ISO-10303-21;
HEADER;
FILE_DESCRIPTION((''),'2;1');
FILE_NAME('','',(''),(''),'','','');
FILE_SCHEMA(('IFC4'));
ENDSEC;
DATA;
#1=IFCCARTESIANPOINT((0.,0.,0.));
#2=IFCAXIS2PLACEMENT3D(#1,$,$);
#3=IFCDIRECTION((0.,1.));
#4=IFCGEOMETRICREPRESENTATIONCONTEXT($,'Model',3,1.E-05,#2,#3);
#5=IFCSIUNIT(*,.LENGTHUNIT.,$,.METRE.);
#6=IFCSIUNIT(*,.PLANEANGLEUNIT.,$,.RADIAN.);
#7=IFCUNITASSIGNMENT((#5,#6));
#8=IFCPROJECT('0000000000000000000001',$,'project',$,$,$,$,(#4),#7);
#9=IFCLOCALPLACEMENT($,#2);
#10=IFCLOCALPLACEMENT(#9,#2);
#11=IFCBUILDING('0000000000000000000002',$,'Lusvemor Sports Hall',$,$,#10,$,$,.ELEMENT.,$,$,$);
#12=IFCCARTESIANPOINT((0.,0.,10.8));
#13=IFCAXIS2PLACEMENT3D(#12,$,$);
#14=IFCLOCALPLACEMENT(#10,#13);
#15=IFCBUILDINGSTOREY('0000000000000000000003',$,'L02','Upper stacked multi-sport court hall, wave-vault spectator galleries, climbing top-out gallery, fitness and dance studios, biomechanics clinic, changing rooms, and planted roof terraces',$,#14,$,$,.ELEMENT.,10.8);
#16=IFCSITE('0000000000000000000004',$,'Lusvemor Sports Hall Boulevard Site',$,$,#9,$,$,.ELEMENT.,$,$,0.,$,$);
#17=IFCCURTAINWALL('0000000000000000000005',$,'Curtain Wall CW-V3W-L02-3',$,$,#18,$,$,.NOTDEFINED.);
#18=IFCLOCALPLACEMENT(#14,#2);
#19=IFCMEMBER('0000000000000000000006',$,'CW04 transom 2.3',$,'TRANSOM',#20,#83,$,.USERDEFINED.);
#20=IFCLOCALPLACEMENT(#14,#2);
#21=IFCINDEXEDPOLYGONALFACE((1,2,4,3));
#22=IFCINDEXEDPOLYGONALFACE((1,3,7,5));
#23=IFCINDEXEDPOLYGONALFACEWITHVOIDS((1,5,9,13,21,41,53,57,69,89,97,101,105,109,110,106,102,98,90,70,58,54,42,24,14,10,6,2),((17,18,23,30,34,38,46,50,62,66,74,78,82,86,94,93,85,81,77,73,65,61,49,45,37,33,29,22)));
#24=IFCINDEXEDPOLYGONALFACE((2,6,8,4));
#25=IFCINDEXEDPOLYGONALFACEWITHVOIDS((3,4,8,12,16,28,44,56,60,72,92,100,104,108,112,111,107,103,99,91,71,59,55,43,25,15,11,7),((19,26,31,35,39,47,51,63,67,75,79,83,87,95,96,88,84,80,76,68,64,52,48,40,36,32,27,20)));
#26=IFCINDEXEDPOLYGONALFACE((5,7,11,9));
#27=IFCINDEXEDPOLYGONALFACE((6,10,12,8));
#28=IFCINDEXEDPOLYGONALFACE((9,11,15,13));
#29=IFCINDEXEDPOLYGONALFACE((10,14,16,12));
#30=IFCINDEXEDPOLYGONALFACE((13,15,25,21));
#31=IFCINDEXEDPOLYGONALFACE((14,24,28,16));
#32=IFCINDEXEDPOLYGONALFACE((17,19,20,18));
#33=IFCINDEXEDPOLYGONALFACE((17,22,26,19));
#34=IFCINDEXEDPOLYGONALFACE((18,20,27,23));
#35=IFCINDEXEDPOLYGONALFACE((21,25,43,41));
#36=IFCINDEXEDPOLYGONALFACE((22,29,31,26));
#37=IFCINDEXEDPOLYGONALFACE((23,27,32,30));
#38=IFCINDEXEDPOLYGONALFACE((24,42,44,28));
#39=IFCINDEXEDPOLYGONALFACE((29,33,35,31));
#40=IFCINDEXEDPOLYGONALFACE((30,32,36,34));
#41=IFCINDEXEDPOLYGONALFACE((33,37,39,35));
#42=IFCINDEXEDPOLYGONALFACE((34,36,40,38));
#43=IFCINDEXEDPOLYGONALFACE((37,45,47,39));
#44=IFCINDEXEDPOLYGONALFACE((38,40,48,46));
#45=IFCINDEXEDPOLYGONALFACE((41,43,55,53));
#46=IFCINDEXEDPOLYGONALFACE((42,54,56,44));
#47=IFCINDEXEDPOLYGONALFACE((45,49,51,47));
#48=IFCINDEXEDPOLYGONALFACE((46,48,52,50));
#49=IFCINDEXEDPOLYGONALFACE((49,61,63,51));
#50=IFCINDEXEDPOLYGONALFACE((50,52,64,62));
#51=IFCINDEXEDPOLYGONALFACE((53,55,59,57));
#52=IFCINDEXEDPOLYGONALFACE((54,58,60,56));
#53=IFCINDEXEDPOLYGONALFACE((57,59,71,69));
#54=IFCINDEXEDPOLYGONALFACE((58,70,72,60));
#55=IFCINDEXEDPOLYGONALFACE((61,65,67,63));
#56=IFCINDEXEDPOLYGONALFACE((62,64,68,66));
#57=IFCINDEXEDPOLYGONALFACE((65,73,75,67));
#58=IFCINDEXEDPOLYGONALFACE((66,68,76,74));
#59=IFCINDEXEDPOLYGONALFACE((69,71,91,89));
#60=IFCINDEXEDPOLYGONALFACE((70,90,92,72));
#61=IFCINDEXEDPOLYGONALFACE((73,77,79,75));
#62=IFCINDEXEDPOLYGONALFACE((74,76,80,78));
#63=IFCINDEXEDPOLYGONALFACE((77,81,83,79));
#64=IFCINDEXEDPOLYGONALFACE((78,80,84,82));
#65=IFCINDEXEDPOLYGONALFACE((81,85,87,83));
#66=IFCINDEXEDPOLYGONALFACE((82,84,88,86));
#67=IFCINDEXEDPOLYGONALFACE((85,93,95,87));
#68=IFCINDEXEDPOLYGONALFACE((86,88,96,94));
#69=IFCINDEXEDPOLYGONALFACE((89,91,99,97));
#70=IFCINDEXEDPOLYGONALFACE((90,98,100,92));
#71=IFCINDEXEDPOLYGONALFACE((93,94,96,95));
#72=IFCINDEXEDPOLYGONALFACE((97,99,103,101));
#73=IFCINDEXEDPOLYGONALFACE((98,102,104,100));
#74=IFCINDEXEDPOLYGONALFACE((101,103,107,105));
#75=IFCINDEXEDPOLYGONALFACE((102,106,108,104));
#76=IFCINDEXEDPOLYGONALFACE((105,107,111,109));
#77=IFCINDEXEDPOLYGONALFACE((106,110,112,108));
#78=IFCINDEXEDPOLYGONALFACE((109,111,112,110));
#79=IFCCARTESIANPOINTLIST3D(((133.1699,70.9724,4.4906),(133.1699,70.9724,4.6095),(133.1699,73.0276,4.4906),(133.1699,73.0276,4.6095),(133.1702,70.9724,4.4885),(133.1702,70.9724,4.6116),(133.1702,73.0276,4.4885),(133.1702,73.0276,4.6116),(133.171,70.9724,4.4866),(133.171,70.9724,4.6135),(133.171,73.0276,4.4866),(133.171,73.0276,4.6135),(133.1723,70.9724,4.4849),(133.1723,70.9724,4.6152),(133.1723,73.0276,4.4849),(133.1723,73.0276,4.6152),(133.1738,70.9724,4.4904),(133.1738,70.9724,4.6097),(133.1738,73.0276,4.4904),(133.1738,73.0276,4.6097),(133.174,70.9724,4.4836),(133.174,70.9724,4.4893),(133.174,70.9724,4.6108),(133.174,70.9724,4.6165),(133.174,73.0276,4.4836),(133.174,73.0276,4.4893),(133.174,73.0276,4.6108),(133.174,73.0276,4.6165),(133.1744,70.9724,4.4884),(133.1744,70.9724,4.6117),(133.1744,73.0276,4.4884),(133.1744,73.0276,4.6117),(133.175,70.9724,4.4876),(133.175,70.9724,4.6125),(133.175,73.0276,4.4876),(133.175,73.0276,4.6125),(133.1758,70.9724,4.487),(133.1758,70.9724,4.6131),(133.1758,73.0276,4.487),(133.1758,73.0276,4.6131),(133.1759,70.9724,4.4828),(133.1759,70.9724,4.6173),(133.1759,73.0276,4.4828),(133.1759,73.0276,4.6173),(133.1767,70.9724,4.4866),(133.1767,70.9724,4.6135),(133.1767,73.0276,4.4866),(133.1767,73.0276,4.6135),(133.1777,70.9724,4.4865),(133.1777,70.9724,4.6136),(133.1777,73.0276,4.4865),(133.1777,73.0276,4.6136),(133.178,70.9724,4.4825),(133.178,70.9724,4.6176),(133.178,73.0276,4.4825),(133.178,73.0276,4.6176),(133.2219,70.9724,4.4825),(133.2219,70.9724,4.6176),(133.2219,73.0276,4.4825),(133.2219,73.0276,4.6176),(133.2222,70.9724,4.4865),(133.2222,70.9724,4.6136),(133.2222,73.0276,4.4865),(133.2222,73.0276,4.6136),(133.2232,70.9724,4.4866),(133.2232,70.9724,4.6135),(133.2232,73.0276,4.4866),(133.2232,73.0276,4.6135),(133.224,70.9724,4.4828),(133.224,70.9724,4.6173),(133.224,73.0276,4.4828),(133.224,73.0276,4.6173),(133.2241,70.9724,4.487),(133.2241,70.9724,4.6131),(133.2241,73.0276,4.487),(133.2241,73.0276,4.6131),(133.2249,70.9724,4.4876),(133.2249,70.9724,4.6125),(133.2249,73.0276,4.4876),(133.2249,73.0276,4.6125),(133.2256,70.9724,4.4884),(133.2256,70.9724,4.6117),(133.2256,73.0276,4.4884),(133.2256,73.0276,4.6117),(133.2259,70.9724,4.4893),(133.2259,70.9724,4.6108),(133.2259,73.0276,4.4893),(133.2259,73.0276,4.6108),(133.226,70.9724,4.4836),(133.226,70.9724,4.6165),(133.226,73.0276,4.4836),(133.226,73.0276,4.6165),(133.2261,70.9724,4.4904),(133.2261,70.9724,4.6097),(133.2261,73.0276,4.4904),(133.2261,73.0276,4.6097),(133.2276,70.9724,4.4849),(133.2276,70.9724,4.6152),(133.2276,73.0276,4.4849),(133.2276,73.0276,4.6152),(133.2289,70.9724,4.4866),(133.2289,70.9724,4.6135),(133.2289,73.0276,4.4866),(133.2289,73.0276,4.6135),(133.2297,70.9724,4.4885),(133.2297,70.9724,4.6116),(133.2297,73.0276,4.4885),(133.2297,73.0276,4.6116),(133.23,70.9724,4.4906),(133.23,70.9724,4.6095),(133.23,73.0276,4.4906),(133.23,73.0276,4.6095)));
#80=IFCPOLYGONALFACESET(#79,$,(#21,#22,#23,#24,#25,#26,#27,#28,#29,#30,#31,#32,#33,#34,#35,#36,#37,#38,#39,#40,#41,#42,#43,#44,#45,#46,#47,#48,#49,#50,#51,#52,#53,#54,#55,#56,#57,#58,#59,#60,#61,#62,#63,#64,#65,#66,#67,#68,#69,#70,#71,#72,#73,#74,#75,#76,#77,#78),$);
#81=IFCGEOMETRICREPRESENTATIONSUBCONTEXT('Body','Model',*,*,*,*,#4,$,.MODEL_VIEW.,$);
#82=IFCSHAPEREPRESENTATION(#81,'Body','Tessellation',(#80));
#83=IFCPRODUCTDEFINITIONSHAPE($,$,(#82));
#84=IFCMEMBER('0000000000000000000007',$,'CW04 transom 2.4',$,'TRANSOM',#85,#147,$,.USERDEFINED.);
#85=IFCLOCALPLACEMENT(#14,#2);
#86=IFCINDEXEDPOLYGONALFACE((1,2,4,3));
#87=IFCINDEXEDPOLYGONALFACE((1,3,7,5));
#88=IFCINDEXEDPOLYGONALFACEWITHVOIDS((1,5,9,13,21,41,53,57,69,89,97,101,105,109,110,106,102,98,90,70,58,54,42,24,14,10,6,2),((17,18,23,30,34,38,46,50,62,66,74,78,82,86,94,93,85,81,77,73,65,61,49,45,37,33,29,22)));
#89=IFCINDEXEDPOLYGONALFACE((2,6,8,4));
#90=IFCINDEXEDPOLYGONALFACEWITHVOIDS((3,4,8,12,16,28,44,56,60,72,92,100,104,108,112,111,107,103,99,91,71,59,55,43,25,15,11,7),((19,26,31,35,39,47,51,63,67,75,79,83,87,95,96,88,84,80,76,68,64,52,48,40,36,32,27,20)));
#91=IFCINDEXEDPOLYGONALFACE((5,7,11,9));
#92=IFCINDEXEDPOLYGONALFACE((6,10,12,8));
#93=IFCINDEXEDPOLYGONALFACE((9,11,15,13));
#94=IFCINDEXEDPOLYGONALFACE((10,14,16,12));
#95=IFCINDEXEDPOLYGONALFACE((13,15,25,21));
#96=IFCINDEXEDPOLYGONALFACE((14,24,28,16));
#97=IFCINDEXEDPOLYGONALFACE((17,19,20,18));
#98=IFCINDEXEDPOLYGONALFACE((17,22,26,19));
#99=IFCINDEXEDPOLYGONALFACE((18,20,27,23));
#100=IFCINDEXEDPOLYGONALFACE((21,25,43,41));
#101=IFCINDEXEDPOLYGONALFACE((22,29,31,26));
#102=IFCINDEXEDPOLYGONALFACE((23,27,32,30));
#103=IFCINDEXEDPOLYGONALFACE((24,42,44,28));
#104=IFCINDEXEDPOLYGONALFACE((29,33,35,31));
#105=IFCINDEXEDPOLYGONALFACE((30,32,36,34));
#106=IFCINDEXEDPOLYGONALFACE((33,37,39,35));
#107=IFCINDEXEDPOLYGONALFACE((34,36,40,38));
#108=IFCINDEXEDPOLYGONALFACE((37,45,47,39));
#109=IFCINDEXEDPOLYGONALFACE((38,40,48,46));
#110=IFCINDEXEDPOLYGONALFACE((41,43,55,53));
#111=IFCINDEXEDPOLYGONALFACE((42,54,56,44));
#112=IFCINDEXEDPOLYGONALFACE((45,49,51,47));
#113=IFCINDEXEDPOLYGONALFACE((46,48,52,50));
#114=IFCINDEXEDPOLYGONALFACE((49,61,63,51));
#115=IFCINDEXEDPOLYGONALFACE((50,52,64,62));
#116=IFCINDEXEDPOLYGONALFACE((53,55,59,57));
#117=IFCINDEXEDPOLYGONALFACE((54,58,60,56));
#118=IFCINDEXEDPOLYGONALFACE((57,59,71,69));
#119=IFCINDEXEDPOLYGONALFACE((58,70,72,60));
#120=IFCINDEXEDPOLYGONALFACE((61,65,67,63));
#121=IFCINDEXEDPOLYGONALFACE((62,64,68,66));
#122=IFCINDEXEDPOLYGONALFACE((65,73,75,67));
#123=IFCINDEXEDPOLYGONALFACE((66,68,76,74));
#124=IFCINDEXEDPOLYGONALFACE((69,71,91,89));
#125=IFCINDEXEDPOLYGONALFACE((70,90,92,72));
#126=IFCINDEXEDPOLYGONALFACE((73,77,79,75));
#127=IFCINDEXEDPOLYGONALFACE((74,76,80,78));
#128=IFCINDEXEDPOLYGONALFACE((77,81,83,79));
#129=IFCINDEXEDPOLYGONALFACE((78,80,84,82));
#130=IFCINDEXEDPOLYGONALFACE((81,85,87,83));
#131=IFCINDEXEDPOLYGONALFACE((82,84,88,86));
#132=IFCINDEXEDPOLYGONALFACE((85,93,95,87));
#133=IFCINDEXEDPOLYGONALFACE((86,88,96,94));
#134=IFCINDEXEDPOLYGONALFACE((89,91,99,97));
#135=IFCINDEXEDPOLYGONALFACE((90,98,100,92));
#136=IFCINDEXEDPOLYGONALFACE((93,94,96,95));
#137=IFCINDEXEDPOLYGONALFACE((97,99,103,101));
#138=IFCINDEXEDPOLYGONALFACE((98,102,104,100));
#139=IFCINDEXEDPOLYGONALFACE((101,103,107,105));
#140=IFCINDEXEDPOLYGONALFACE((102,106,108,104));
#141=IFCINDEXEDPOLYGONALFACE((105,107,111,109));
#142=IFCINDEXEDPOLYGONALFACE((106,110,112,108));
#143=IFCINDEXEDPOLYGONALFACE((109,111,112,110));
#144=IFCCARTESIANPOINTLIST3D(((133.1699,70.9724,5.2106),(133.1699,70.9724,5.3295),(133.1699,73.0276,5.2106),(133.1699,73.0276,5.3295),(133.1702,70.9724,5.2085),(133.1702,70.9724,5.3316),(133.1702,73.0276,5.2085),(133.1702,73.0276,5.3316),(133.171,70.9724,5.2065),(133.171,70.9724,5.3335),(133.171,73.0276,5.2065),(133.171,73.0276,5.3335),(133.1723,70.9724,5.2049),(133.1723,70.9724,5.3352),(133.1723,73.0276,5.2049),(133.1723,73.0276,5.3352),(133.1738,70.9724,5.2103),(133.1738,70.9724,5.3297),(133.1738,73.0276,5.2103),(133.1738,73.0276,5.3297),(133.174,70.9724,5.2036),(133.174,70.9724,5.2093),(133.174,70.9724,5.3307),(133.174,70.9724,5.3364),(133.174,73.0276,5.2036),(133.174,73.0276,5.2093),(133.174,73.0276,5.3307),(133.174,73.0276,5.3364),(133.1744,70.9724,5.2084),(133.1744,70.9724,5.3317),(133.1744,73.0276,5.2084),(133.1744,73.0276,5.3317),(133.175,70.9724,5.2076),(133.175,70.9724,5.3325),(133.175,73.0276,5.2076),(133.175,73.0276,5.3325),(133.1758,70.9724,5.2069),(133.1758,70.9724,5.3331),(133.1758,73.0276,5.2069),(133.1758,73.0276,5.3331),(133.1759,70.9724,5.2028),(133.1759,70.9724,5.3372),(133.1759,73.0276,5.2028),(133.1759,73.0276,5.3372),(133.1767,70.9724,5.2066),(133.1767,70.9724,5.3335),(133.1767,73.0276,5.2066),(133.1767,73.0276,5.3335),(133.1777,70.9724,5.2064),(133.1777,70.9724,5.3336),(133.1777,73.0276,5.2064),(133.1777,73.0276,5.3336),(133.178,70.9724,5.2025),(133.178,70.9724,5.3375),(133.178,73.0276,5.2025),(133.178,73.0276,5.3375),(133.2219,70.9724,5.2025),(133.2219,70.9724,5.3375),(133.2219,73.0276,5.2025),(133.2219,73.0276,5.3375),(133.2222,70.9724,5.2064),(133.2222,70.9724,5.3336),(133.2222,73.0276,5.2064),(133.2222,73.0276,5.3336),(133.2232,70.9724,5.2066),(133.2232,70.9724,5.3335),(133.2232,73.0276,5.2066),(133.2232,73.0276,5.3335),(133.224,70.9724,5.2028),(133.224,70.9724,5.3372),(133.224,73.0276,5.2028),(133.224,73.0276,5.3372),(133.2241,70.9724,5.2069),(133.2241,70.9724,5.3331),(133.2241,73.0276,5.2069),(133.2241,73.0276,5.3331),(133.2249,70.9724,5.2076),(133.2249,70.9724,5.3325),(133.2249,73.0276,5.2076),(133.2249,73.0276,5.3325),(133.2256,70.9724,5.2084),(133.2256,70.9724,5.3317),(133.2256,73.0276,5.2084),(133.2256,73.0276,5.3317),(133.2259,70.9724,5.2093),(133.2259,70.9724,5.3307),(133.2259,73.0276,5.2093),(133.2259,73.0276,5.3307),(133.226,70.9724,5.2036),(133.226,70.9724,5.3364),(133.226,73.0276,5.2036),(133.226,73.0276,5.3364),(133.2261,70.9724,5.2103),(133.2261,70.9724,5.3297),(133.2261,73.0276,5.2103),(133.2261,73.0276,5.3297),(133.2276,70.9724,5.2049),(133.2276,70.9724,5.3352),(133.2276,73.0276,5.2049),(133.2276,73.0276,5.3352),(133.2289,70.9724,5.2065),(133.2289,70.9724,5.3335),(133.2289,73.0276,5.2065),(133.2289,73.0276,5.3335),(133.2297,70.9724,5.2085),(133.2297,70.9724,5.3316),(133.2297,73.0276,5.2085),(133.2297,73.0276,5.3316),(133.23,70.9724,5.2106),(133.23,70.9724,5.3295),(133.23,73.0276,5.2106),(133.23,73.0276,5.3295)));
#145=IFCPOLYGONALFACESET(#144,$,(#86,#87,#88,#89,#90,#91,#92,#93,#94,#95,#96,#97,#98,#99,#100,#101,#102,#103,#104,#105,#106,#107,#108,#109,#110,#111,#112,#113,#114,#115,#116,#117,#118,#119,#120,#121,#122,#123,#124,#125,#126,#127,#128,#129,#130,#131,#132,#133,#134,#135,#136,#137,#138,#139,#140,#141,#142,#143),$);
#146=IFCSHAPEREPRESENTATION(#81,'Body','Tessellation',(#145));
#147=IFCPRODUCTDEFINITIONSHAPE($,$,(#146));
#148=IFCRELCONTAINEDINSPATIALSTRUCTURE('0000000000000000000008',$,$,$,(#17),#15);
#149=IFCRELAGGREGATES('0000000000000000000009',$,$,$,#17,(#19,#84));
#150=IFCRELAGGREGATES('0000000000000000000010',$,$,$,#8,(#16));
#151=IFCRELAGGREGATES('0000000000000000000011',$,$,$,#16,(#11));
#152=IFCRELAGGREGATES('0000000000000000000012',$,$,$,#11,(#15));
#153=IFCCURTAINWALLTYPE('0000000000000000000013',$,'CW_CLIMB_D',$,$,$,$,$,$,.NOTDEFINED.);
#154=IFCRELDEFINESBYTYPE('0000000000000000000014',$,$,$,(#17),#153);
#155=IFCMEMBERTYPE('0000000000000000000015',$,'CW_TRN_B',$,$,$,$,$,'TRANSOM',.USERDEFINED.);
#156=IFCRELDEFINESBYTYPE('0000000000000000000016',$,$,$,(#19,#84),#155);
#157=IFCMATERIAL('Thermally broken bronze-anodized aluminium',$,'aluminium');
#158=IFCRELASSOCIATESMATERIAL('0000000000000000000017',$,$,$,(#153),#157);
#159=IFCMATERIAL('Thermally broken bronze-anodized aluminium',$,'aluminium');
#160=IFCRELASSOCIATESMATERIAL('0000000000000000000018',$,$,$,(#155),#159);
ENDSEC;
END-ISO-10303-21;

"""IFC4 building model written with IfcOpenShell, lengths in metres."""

from ifc_helpers import new_model, si_unit, direction, frame, origin, origin_2d, place, context, subcontext, project, spatial, hollow_rectangle, extrude, material, material_profile, profile_set, type_object, element, aggregate, save


model = new_model("IFC4")

# Units and contexts
model_context = context("Model", 3, precision=1e-05, world=origin(), true_north=direction((0.0, 1.0)))
body_context = subcontext(model_context, "Body", "Model", "MODEL_VIEW")
ifc_project = project(units=[si_unit("LENGTHUNIT", "METRE"), si_unit("PLANEANGLEUNIT", "RADIAN")], contexts=[model_context])

# Site, building, storey
site_placement = place(None, origin())
site = spatial("IfcSite", under=ifc_project, at=site_placement, Name="Lusvemor Sports Hall Boulevard Site", CompositionType="ELEMENT", RefElevation=0.0)
building_placement = place(site_placement, origin())
building = spatial("IfcBuilding", under=site, at=building_placement, Name="Lusvemor Sports Hall", CompositionType="ELEMENT")
storey_placement = place(building_placement, frame((0.0, 0.0, 10.8)))
storey = spatial("IfcBuildingStorey", under=building, at=storey_placement, Name="L02", Description="Upper stacked multi-sport court hall, wave-vault spectator galleries, climbing top-out gallery, fitness and dance studios, biomechanics clinic, changing rooms, and planted roof terraces", CompositionType="ELEMENT", Elevation=10.8)

# Shared definitions
ifc_material_1 = material(Name="Thermally broken bronze-anodized aluminium", Category="aluminium")
curtain_wall_type = type_object("IfcCurtainWallType", Name="CW_CLIMB_D", PredefinedType="NOTDEFINED", material=ifc_material_1)

# Curtain wall, members
curtain_wall_1_placement = place(storey_placement, origin())
curtain_wall_1 = element("IfcCurtainWall", 1, at=curtain_wall_1_placement, inside=storey, type_object=curtain_wall_type, Name="Curtain Wall CW-V3W-L02-3", PredefinedType="NOTDEFINED")
ifc_material_2 = material(Name="Thermally broken bronze-anodized aluminium", Category="aluminium")
ifc_material_profile_1 = material_profile(ifc_material_2, hollow_rectangle(XDim=0.0601, YDim=0.135, WallThickness=0.0039, InnerFilletRadius=0.0039, OuterFilletRadius=0.0081, at=origin_2d()), Name="CWTRN135x60x4")
ifc_profile_set_1 = profile_set([ifc_material_profile_1], Name="Thermally broken bronze-anodized aluminium")
member_type_1 = type_object("IfcMemberType", Name="CW_TRN_B", ElementType="TRANSOM", PredefinedType="USERDEFINED", material=ifc_profile_set_1)
member_1_placement = place(storey_placement, frame((133.2, 70.9724, 4.55), z_axis=(0.0, 1.0, 0.0), x_axis=(-1.0, 0.0, 0.0)))
member_1 = element("IfcMember", 2, at=member_1_placement, type_object=member_type_1, Name="CW04 transom 2.3", ObjectType="TRANSOM", PredefinedType="USERDEFINED", context=body_context, shape_type="SweptSolid", body=[
    extrude(hollow_rectangle(XDim=0.0601, YDim=0.135, WallThickness=0.0039, InnerFilletRadius=0.0039, OuterFilletRadius=0.0081, at=origin_2d()), origin(), (0.0, 0.0, 1.0), 2.0552),
])
member_2_placement = place(storey_placement, frame((133.2, 70.9724, 5.27), z_axis=(0.0, 1.0, 0.0), x_axis=(-1.0, 0.0, 0.0)))
member_2 = element("IfcMember", 3, at=member_2_placement, type_object=member_type_1, Name="CW04 transom 2.4", ObjectType="TRANSOM", PredefinedType="USERDEFINED", context=body_context, shape_type="SweptSolid", body=[
    extrude(hollow_rectangle(XDim=0.0601, YDim=0.135, WallThickness=0.0039, InnerFilletRadius=0.0039, OuterFilletRadius=0.0081, at=origin_2d()), origin(), (0.0, 0.0, 1.0), 2.0552),
])

aggregate(curtain_wall_1, [member_1, member_2])

save(model, "model.ifc")
